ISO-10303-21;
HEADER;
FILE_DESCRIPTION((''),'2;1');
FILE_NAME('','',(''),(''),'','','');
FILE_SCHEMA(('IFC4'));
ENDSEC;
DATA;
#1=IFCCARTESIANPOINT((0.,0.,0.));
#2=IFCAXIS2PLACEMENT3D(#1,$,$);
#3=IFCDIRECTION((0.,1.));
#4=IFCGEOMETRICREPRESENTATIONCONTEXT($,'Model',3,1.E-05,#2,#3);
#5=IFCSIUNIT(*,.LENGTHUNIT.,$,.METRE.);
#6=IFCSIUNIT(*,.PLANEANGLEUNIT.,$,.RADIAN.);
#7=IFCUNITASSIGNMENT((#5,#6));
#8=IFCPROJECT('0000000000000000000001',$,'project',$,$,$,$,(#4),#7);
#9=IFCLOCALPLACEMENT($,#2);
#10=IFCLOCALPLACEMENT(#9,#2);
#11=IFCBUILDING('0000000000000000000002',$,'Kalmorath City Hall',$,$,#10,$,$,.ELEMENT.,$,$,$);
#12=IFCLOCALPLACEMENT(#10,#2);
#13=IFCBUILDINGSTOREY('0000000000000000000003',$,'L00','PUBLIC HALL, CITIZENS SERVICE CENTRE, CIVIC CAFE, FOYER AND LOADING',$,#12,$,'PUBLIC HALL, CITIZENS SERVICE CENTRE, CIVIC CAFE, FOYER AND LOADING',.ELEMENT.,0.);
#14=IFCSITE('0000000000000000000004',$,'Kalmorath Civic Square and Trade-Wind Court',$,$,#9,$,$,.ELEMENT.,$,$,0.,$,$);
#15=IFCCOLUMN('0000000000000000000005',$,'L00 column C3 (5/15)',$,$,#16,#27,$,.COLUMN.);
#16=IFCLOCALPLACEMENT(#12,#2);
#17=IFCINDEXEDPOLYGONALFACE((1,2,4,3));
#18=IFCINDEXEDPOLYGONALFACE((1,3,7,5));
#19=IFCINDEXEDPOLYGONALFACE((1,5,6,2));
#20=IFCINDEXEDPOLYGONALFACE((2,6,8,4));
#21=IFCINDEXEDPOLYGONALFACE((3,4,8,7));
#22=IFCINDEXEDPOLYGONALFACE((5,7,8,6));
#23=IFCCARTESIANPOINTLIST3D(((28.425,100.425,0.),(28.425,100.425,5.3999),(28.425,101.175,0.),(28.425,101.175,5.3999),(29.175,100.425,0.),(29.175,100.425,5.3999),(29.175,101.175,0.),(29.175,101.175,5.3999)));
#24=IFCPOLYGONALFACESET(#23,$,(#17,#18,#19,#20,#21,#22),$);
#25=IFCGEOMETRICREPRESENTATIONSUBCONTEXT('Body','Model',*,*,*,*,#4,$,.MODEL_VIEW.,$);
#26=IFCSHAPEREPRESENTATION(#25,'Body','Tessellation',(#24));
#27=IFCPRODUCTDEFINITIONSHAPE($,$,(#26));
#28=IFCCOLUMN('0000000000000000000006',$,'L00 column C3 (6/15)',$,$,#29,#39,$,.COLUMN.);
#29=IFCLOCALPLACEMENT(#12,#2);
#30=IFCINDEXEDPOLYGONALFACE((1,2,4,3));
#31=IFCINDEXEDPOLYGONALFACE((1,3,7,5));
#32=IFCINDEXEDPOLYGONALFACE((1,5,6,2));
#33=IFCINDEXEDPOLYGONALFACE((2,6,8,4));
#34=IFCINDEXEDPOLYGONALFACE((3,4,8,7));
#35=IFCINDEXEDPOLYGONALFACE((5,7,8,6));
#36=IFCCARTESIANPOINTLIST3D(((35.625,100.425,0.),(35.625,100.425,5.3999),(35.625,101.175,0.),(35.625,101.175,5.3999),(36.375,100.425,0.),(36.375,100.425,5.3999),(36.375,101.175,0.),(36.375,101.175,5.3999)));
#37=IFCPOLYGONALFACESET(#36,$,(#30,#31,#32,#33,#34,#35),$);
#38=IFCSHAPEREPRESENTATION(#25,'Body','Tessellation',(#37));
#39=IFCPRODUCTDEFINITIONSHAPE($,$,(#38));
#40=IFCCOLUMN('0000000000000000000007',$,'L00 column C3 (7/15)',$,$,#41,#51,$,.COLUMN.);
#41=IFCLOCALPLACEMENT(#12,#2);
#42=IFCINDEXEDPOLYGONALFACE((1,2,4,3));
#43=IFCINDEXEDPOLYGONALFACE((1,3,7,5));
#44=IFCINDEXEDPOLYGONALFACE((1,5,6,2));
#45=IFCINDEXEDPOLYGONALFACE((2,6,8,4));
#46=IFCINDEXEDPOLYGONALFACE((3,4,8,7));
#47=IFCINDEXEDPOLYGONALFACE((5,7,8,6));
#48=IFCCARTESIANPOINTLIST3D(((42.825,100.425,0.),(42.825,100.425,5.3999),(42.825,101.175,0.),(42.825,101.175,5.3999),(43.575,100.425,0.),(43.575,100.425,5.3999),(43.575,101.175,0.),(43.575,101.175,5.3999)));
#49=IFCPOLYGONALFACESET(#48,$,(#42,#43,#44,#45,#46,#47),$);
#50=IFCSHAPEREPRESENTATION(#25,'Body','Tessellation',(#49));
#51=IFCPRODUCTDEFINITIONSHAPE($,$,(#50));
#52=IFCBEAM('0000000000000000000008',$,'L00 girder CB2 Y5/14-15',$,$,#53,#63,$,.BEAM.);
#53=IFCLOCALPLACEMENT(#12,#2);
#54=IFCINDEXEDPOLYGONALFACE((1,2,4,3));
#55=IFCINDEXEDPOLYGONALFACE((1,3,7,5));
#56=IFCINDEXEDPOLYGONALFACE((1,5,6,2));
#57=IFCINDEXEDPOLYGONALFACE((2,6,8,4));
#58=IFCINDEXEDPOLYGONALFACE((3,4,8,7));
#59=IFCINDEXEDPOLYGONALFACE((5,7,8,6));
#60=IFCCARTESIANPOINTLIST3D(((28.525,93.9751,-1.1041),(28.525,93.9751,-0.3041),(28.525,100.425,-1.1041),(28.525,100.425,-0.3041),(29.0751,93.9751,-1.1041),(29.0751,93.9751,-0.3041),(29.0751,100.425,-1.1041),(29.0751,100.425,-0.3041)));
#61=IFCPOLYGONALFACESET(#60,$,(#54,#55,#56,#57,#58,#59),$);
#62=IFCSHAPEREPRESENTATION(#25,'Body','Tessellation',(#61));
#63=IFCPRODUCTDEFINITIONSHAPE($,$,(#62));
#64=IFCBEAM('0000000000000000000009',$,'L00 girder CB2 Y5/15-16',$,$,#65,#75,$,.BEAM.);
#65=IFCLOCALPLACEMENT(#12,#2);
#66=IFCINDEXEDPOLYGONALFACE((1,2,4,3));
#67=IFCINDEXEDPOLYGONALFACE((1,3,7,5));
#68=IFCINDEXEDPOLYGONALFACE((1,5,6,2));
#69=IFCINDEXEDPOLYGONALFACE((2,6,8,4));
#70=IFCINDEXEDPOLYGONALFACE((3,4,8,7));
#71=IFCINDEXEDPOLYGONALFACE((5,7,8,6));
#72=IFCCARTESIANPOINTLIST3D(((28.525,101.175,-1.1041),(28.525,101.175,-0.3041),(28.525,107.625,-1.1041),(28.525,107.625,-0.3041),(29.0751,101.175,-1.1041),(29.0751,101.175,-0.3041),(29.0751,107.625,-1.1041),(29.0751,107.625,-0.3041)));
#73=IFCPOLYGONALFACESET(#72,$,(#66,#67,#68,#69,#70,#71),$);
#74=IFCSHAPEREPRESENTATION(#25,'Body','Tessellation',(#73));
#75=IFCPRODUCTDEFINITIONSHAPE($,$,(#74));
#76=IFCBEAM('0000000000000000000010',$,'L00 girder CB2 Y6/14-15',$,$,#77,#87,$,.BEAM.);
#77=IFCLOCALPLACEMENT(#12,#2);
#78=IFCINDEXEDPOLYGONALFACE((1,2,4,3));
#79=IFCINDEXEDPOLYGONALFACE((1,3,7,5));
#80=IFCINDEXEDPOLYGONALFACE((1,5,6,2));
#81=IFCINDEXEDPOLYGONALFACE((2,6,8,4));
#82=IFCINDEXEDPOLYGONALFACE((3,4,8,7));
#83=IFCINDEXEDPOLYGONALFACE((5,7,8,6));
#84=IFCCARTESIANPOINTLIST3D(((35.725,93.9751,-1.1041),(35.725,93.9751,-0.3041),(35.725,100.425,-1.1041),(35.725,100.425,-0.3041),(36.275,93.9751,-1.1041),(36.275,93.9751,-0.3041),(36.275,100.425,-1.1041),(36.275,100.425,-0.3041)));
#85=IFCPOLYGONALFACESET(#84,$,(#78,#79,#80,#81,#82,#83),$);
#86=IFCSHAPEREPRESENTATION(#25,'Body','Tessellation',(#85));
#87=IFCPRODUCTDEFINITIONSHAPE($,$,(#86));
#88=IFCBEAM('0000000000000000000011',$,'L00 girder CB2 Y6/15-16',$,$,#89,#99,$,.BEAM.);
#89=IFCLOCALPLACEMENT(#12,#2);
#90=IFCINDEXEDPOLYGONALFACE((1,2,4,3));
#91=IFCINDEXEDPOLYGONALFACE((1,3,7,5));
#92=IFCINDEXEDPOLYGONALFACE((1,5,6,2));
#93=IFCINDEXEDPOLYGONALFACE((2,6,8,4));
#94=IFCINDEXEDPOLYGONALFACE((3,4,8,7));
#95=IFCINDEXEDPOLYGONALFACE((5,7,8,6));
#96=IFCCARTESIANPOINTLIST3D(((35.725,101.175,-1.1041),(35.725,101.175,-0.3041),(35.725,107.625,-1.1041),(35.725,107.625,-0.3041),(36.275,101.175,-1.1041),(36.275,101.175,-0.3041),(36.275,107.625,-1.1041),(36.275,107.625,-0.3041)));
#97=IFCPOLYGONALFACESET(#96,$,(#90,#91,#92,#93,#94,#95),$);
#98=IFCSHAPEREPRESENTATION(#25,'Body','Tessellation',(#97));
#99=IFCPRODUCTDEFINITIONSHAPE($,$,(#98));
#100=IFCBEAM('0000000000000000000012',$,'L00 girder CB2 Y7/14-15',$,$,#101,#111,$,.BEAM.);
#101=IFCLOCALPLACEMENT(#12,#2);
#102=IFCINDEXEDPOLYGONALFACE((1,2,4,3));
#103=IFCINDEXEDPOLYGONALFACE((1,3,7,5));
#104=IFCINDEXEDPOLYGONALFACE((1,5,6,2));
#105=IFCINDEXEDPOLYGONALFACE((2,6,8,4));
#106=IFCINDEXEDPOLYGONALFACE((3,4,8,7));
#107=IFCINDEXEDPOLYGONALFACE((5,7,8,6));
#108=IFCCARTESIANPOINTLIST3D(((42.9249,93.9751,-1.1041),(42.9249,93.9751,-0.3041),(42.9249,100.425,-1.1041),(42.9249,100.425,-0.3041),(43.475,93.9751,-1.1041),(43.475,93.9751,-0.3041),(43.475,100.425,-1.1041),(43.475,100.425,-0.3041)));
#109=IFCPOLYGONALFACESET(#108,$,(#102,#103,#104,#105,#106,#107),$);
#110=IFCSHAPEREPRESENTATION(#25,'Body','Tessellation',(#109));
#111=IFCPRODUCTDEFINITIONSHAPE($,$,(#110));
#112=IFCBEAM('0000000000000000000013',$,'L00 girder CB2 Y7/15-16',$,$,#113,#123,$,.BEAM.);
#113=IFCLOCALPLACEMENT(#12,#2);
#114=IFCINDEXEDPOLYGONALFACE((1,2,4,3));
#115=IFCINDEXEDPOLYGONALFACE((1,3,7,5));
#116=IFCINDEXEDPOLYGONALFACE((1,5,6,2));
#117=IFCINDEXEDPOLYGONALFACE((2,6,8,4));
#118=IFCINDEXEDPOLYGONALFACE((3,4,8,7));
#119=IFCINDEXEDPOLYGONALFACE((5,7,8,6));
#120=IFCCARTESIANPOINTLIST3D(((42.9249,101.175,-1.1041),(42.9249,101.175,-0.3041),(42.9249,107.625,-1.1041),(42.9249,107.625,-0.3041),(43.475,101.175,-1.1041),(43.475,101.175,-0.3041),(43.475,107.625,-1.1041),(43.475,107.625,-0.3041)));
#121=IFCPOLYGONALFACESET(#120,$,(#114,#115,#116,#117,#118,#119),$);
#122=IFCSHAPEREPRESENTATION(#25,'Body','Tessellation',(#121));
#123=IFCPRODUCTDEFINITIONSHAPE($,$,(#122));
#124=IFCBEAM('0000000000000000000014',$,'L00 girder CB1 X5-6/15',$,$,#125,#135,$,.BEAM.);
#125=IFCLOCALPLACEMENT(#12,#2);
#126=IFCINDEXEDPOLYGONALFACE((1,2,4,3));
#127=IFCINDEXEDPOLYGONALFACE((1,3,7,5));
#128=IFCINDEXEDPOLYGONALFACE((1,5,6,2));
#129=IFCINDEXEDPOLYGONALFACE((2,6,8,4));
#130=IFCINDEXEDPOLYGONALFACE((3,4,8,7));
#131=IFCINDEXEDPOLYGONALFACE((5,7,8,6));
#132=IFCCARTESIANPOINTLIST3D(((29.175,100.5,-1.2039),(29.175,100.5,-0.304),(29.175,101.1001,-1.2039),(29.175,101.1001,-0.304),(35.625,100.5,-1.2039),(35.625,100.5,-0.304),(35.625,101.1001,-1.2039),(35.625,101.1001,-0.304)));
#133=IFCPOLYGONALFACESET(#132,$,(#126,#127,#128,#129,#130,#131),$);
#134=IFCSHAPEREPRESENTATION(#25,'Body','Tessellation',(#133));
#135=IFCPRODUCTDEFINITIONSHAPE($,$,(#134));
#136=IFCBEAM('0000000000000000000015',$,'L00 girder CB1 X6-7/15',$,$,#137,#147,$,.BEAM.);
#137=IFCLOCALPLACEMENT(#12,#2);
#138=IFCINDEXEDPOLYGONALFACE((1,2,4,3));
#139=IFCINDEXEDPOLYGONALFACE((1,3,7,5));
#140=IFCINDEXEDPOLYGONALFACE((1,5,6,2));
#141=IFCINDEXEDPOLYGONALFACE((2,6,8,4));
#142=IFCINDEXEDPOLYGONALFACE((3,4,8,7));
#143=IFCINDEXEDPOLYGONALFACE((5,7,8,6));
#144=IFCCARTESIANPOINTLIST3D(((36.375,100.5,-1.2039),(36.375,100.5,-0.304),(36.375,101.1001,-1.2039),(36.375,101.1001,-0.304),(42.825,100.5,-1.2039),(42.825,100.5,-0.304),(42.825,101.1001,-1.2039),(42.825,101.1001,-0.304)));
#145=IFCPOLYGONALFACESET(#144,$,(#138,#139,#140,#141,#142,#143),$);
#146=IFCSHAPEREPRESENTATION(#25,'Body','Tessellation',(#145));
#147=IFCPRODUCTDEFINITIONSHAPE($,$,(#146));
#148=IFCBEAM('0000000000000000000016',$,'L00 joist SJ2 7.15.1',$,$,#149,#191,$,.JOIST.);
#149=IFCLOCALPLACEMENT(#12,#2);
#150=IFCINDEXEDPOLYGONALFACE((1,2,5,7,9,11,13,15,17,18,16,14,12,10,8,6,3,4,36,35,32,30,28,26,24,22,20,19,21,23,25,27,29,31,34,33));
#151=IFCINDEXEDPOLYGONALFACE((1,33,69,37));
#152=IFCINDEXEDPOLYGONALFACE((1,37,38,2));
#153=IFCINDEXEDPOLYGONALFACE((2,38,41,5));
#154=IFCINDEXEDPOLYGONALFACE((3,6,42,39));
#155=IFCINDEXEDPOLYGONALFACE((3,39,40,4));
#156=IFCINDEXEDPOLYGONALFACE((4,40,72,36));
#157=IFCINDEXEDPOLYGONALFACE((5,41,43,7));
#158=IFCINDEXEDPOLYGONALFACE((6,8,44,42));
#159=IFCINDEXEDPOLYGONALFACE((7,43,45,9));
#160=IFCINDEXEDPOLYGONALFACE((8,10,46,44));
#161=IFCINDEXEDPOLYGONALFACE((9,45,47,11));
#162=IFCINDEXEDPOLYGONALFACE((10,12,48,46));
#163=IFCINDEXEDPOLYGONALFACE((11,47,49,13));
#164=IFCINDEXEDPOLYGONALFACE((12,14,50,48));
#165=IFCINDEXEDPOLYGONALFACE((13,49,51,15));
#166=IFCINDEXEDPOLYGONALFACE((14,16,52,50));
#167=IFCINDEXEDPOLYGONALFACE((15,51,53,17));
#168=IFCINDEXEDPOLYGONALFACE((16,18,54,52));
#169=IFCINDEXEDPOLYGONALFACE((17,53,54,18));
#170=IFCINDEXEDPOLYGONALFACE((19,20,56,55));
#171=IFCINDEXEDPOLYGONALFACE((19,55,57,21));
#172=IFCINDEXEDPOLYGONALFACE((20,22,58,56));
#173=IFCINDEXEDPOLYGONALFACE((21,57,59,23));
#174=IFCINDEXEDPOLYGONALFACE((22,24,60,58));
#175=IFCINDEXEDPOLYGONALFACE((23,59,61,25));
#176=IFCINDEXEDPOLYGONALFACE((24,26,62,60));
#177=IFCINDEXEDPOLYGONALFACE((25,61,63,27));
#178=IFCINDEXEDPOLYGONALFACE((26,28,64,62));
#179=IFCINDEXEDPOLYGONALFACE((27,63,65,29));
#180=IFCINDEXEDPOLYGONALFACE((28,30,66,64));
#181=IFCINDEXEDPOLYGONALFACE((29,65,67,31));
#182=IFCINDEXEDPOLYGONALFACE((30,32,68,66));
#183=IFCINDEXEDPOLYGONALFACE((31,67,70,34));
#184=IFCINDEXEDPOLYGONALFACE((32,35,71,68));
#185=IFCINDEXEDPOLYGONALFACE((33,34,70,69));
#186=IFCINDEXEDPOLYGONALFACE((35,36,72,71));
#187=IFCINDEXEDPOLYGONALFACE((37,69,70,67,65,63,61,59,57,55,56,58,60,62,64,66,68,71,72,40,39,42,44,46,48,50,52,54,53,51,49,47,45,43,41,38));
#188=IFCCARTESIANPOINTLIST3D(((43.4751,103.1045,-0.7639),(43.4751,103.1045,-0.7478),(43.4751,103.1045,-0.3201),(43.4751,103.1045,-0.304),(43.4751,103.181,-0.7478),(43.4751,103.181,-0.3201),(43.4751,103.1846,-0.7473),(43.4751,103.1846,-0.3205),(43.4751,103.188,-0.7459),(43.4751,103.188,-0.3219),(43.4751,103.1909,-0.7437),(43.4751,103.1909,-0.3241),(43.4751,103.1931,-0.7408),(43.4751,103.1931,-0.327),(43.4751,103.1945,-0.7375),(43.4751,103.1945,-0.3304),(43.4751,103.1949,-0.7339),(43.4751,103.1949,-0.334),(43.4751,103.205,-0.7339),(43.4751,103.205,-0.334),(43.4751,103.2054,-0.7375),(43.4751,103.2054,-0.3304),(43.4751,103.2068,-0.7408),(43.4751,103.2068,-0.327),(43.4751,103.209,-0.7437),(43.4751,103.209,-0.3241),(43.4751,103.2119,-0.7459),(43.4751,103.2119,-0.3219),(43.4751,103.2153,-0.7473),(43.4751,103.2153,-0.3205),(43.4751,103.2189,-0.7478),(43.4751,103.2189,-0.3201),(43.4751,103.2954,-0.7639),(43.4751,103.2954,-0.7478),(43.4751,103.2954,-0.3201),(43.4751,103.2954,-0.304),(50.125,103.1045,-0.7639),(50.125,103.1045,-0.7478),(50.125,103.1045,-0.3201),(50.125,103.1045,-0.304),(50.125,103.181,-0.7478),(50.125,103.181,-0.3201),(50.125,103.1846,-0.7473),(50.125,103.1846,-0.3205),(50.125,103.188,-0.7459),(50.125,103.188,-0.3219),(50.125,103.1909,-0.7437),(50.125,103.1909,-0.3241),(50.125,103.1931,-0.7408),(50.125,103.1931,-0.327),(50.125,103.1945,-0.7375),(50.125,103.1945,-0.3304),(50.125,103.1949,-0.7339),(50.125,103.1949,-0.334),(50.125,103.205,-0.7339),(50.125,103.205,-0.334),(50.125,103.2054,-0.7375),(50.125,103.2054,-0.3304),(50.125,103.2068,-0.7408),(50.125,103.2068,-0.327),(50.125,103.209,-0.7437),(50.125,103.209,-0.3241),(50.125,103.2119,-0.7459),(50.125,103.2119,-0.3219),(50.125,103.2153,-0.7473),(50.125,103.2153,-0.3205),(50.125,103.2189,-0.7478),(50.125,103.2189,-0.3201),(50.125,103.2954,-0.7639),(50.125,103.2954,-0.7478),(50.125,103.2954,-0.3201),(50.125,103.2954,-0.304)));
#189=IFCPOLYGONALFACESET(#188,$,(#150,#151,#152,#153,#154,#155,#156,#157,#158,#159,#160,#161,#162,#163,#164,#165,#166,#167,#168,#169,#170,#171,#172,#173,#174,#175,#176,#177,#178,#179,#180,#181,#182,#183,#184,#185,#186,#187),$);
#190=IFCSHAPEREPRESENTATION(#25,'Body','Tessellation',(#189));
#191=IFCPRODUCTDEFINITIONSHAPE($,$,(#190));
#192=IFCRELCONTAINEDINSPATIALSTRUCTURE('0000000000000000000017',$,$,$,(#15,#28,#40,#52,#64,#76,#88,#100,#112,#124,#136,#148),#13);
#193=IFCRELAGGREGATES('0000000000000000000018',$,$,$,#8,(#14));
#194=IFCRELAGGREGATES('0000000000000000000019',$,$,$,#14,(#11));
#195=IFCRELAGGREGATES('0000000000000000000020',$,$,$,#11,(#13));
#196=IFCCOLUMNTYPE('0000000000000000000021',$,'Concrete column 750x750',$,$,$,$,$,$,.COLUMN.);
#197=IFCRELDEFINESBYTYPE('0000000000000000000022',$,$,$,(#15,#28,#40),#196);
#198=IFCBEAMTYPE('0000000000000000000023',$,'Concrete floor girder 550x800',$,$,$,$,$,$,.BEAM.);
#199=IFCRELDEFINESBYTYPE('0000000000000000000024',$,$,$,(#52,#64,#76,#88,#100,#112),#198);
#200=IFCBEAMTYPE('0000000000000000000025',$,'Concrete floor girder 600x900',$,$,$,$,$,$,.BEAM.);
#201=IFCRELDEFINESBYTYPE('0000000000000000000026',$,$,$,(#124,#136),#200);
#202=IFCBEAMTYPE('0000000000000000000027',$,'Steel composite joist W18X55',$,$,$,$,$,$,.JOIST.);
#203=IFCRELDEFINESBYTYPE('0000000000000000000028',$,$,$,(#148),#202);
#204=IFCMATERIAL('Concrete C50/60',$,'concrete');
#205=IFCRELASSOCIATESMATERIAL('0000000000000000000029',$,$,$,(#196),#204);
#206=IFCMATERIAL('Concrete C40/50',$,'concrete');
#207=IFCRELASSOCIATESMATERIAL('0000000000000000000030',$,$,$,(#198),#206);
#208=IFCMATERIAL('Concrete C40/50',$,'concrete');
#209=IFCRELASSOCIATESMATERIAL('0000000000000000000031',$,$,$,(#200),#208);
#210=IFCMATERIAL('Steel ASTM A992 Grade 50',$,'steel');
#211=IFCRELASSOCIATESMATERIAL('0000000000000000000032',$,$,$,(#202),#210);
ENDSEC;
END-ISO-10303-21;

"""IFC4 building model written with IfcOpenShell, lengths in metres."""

from ifc_helpers import new_model, si_unit, direction, frame, origin, origin_2d, place, context, subcontext, project, spatial, rectangle, i_section, extrude, material, material_profile, profile_set, type_object, element, save


model = new_model("IFC4")

# Units and contexts
model_context = context("Model", 3, precision=1e-05, world=origin(), true_north=direction((0.0, 1.0)))
body_context = subcontext(model_context, "Body", "Model", "MODEL_VIEW")
ifc_project = project(units=[si_unit("LENGTHUNIT", "METRE"), si_unit("PLANEANGLEUNIT", "RADIAN")], contexts=[model_context])

# Site, building, storey
site_placement = place(None, origin())
site = spatial("IfcSite", under=ifc_project, at=site_placement, Name="Kalmorath Civic Square and Trade-Wind Court", CompositionType="ELEMENT", RefElevation=0.0)
building_placement = place(site_placement, origin())
building = spatial("IfcBuilding", under=site, at=building_placement, Name="Kalmorath City Hall", CompositionType="ELEMENT")
storey_placement = place(building_placement, origin())
storey = spatial("IfcBuildingStorey", under=building, at=storey_placement, Name="L00", Description="PUBLIC HALL, CITIZENS SERVICE CENTRE, CIVIC CAFE, FOYER AND LOADING", LongName="PUBLIC HALL, CITIZENS SERVICE CENTRE, CIVIC CAFE, FOYER AND LOADING", CompositionType="ELEMENT", Elevation=0.0)

# Columns
ifc_material_1 = material(Name="Concrete C50/60", Category="concrete")
ifc_material_profile_1 = material_profile(ifc_material_1, rectangle(XDim=0.75, YDim=0.75, at=origin_2d()), Name="RC-COL-750X750")
ifc_profile_set_1 = profile_set([ifc_material_profile_1], Name="Concrete C50/60")
column_type = type_object("IfcColumnType", Name="Concrete column 750x750", PredefinedType="COLUMN", material=ifc_profile_set_1)
for number, where, z_axis, x_axis, name in (
    (1, (28.8, 100.8, 0.0), (0.0, 0.0, 1.0), (1.0, 0.0, 0.0), "L00 column C3 (5/15)"),
    (2, (36.0, 100.8, 0.0), (0.0, 0.0, 1.0), (1.0, 0.0, 0.0), "L00 column C3 (6/15)"),
    (3, (43.2, 100.8, 0.0), (0.0, 0.0, 1.0), (1.0, 0.0, 0.0), "L00 column C3 (7/15)"),
):
    element("IfcColumn", number, at=place(storey_placement, frame(where, z_axis=z_axis, x_axis=x_axis)), inside=storey, type_object=column_type, Name=name, PredefinedType="COLUMN", context=body_context, shape_type="SweptSolid", body=[
        extrude(rectangle(XDim=0.75, YDim=0.75, at=origin_2d()), origin(), (0.0, 0.0, 1.0), 5.3999),
    ])

# Beams
ifc_material_2 = material(Name="Concrete C40/50", Category="concrete")
ifc_material_profile_2 = material_profile(ifc_material_2, rectangle(XDim=0.55, YDim=0.8, at=origin_2d()), Name="RC-BM-550X800")
ifc_profile_set_2 = profile_set([ifc_material_profile_2], Name="Concrete C40/50")
beam_type_1 = type_object("IfcBeamType", Name="Concrete floor girder 550x800", PredefinedType="BEAM", material=ifc_profile_set_2)
for number, where, z_axis, x_axis, name in (
    (4, (28.8, 93.9751, -0.7041), (0.0, 1.0, 0.0), (-1.0, 0.0, 0.0), "L00 girder CB2 Y5/14-15"),
    (5, (28.8, 101.175, -0.7041), (0.0, 1.0, 0.0), (-1.0, 0.0, 0.0), "L00 girder CB2 Y5/15-16"),
    (6, (36.0, 93.9751, -0.7041), (0.0, 1.0, 0.0), (-1.0, 0.0, 0.0), "L00 girder CB2 Y6/14-15"),
    (7, (36.0, 101.175, -0.7041), (0.0, 1.0, 0.0), (-1.0, 0.0, 0.0), "L00 girder CB2 Y6/15-16"),
    (8, (43.2, 93.9751, -0.7041), (0.0, 1.0, 0.0), (-1.0, 0.0, 0.0), "L00 girder CB2 Y7/14-15"),
    (9, (43.2, 101.175, -0.7041), (0.0, 1.0, 0.0), (-1.0, 0.0, 0.0), "L00 girder CB2 Y7/15-16"),
):
    element("IfcBeam", number, at=place(storey_placement, frame(where, z_axis=z_axis, x_axis=x_axis)), inside=storey, type_object=beam_type_1, Name=name, PredefinedType="BEAM", context=body_context, shape_type="SweptSolid", body=[
        extrude(rectangle(XDim=0.55, YDim=0.8, at=origin_2d()), origin(), (0.0, 0.0, 1.0), 6.45),
    ])
ifc_material_3 = material(Name="Concrete C40/50", Category="concrete")
ifc_material_profile_3 = material_profile(ifc_material_3, rectangle(XDim=0.6001, YDim=0.8999, at=origin_2d()), Name="RC-BM-600X900")
ifc_profile_set_3 = profile_set([ifc_material_profile_3], Name="Concrete C40/50")
beam_type_2 = type_object("IfcBeamType", Name="Concrete floor girder 600x900", PredefinedType="BEAM", material=ifc_profile_set_3)
for number, where, z_axis, x_axis, name in (
    (10, (29.175, 100.8, -0.7539), (1.0, 0.0, 0.0), (0.0, 1.0, 0.0), "L00 girder CB1 X5-6/15"),
    (11, (36.375, 100.8, -0.7539), (1.0, 0.0, 0.0), (0.0, 1.0, 0.0), "L00 girder CB1 X6-7/15"),
):
    element("IfcBeam", number, at=place(storey_placement, frame(where, z_axis=z_axis, x_axis=x_axis)), inside=storey, type_object=beam_type_2, Name=name, PredefinedType="BEAM", context=body_context, shape_type="SweptSolid", body=[
        extrude(rectangle(XDim=0.6001, YDim=0.8999, at=origin_2d()), origin(), (0.0, 0.0, 1.0), 6.45),
    ])
ifc_material_4 = material(Name="Steel ASTM A992 Grade 50", Category="steel")
ifc_material_profile_4 = material_profile(ifc_material_4, i_section(OverallWidth=0.1909, OverallDepth=0.46, WebThickness=0.01, FlangeThickness=0.0161, FilletRadius=0.0139, at=origin_2d()), Name="W18X55")
ifc_profile_set_4 = profile_set([ifc_material_profile_4], Name="Steel ASTM A992 Grade 50")
beam_type_3 = type_object("IfcBeamType", Name="Steel composite joist W18X55", PredefinedType="JOIST", material=ifc_profile_set_4)
beam_placement = place(storey_placement, frame((43.4751, 103.2, -0.5339), z_axis=(1.0, 0.0, 0.0), x_axis=(0.0, 1.0, 0.0)))
element("IfcBeam", 12, at=beam_placement, inside=storey, type_object=beam_type_3, Name="L00 joist SJ2 7.15.1", PredefinedType="JOIST", context=body_context, shape_type="SweptSolid", body=[
    extrude(i_section(OverallWidth=0.1909, OverallDepth=0.46, WebThickness=0.01, FlangeThickness=0.0161, FilletRadius=0.0139, at=origin_2d()), origin(), (0.0, 0.0, 1.0), 6.6499),
])

save(model, "model.ifc")
